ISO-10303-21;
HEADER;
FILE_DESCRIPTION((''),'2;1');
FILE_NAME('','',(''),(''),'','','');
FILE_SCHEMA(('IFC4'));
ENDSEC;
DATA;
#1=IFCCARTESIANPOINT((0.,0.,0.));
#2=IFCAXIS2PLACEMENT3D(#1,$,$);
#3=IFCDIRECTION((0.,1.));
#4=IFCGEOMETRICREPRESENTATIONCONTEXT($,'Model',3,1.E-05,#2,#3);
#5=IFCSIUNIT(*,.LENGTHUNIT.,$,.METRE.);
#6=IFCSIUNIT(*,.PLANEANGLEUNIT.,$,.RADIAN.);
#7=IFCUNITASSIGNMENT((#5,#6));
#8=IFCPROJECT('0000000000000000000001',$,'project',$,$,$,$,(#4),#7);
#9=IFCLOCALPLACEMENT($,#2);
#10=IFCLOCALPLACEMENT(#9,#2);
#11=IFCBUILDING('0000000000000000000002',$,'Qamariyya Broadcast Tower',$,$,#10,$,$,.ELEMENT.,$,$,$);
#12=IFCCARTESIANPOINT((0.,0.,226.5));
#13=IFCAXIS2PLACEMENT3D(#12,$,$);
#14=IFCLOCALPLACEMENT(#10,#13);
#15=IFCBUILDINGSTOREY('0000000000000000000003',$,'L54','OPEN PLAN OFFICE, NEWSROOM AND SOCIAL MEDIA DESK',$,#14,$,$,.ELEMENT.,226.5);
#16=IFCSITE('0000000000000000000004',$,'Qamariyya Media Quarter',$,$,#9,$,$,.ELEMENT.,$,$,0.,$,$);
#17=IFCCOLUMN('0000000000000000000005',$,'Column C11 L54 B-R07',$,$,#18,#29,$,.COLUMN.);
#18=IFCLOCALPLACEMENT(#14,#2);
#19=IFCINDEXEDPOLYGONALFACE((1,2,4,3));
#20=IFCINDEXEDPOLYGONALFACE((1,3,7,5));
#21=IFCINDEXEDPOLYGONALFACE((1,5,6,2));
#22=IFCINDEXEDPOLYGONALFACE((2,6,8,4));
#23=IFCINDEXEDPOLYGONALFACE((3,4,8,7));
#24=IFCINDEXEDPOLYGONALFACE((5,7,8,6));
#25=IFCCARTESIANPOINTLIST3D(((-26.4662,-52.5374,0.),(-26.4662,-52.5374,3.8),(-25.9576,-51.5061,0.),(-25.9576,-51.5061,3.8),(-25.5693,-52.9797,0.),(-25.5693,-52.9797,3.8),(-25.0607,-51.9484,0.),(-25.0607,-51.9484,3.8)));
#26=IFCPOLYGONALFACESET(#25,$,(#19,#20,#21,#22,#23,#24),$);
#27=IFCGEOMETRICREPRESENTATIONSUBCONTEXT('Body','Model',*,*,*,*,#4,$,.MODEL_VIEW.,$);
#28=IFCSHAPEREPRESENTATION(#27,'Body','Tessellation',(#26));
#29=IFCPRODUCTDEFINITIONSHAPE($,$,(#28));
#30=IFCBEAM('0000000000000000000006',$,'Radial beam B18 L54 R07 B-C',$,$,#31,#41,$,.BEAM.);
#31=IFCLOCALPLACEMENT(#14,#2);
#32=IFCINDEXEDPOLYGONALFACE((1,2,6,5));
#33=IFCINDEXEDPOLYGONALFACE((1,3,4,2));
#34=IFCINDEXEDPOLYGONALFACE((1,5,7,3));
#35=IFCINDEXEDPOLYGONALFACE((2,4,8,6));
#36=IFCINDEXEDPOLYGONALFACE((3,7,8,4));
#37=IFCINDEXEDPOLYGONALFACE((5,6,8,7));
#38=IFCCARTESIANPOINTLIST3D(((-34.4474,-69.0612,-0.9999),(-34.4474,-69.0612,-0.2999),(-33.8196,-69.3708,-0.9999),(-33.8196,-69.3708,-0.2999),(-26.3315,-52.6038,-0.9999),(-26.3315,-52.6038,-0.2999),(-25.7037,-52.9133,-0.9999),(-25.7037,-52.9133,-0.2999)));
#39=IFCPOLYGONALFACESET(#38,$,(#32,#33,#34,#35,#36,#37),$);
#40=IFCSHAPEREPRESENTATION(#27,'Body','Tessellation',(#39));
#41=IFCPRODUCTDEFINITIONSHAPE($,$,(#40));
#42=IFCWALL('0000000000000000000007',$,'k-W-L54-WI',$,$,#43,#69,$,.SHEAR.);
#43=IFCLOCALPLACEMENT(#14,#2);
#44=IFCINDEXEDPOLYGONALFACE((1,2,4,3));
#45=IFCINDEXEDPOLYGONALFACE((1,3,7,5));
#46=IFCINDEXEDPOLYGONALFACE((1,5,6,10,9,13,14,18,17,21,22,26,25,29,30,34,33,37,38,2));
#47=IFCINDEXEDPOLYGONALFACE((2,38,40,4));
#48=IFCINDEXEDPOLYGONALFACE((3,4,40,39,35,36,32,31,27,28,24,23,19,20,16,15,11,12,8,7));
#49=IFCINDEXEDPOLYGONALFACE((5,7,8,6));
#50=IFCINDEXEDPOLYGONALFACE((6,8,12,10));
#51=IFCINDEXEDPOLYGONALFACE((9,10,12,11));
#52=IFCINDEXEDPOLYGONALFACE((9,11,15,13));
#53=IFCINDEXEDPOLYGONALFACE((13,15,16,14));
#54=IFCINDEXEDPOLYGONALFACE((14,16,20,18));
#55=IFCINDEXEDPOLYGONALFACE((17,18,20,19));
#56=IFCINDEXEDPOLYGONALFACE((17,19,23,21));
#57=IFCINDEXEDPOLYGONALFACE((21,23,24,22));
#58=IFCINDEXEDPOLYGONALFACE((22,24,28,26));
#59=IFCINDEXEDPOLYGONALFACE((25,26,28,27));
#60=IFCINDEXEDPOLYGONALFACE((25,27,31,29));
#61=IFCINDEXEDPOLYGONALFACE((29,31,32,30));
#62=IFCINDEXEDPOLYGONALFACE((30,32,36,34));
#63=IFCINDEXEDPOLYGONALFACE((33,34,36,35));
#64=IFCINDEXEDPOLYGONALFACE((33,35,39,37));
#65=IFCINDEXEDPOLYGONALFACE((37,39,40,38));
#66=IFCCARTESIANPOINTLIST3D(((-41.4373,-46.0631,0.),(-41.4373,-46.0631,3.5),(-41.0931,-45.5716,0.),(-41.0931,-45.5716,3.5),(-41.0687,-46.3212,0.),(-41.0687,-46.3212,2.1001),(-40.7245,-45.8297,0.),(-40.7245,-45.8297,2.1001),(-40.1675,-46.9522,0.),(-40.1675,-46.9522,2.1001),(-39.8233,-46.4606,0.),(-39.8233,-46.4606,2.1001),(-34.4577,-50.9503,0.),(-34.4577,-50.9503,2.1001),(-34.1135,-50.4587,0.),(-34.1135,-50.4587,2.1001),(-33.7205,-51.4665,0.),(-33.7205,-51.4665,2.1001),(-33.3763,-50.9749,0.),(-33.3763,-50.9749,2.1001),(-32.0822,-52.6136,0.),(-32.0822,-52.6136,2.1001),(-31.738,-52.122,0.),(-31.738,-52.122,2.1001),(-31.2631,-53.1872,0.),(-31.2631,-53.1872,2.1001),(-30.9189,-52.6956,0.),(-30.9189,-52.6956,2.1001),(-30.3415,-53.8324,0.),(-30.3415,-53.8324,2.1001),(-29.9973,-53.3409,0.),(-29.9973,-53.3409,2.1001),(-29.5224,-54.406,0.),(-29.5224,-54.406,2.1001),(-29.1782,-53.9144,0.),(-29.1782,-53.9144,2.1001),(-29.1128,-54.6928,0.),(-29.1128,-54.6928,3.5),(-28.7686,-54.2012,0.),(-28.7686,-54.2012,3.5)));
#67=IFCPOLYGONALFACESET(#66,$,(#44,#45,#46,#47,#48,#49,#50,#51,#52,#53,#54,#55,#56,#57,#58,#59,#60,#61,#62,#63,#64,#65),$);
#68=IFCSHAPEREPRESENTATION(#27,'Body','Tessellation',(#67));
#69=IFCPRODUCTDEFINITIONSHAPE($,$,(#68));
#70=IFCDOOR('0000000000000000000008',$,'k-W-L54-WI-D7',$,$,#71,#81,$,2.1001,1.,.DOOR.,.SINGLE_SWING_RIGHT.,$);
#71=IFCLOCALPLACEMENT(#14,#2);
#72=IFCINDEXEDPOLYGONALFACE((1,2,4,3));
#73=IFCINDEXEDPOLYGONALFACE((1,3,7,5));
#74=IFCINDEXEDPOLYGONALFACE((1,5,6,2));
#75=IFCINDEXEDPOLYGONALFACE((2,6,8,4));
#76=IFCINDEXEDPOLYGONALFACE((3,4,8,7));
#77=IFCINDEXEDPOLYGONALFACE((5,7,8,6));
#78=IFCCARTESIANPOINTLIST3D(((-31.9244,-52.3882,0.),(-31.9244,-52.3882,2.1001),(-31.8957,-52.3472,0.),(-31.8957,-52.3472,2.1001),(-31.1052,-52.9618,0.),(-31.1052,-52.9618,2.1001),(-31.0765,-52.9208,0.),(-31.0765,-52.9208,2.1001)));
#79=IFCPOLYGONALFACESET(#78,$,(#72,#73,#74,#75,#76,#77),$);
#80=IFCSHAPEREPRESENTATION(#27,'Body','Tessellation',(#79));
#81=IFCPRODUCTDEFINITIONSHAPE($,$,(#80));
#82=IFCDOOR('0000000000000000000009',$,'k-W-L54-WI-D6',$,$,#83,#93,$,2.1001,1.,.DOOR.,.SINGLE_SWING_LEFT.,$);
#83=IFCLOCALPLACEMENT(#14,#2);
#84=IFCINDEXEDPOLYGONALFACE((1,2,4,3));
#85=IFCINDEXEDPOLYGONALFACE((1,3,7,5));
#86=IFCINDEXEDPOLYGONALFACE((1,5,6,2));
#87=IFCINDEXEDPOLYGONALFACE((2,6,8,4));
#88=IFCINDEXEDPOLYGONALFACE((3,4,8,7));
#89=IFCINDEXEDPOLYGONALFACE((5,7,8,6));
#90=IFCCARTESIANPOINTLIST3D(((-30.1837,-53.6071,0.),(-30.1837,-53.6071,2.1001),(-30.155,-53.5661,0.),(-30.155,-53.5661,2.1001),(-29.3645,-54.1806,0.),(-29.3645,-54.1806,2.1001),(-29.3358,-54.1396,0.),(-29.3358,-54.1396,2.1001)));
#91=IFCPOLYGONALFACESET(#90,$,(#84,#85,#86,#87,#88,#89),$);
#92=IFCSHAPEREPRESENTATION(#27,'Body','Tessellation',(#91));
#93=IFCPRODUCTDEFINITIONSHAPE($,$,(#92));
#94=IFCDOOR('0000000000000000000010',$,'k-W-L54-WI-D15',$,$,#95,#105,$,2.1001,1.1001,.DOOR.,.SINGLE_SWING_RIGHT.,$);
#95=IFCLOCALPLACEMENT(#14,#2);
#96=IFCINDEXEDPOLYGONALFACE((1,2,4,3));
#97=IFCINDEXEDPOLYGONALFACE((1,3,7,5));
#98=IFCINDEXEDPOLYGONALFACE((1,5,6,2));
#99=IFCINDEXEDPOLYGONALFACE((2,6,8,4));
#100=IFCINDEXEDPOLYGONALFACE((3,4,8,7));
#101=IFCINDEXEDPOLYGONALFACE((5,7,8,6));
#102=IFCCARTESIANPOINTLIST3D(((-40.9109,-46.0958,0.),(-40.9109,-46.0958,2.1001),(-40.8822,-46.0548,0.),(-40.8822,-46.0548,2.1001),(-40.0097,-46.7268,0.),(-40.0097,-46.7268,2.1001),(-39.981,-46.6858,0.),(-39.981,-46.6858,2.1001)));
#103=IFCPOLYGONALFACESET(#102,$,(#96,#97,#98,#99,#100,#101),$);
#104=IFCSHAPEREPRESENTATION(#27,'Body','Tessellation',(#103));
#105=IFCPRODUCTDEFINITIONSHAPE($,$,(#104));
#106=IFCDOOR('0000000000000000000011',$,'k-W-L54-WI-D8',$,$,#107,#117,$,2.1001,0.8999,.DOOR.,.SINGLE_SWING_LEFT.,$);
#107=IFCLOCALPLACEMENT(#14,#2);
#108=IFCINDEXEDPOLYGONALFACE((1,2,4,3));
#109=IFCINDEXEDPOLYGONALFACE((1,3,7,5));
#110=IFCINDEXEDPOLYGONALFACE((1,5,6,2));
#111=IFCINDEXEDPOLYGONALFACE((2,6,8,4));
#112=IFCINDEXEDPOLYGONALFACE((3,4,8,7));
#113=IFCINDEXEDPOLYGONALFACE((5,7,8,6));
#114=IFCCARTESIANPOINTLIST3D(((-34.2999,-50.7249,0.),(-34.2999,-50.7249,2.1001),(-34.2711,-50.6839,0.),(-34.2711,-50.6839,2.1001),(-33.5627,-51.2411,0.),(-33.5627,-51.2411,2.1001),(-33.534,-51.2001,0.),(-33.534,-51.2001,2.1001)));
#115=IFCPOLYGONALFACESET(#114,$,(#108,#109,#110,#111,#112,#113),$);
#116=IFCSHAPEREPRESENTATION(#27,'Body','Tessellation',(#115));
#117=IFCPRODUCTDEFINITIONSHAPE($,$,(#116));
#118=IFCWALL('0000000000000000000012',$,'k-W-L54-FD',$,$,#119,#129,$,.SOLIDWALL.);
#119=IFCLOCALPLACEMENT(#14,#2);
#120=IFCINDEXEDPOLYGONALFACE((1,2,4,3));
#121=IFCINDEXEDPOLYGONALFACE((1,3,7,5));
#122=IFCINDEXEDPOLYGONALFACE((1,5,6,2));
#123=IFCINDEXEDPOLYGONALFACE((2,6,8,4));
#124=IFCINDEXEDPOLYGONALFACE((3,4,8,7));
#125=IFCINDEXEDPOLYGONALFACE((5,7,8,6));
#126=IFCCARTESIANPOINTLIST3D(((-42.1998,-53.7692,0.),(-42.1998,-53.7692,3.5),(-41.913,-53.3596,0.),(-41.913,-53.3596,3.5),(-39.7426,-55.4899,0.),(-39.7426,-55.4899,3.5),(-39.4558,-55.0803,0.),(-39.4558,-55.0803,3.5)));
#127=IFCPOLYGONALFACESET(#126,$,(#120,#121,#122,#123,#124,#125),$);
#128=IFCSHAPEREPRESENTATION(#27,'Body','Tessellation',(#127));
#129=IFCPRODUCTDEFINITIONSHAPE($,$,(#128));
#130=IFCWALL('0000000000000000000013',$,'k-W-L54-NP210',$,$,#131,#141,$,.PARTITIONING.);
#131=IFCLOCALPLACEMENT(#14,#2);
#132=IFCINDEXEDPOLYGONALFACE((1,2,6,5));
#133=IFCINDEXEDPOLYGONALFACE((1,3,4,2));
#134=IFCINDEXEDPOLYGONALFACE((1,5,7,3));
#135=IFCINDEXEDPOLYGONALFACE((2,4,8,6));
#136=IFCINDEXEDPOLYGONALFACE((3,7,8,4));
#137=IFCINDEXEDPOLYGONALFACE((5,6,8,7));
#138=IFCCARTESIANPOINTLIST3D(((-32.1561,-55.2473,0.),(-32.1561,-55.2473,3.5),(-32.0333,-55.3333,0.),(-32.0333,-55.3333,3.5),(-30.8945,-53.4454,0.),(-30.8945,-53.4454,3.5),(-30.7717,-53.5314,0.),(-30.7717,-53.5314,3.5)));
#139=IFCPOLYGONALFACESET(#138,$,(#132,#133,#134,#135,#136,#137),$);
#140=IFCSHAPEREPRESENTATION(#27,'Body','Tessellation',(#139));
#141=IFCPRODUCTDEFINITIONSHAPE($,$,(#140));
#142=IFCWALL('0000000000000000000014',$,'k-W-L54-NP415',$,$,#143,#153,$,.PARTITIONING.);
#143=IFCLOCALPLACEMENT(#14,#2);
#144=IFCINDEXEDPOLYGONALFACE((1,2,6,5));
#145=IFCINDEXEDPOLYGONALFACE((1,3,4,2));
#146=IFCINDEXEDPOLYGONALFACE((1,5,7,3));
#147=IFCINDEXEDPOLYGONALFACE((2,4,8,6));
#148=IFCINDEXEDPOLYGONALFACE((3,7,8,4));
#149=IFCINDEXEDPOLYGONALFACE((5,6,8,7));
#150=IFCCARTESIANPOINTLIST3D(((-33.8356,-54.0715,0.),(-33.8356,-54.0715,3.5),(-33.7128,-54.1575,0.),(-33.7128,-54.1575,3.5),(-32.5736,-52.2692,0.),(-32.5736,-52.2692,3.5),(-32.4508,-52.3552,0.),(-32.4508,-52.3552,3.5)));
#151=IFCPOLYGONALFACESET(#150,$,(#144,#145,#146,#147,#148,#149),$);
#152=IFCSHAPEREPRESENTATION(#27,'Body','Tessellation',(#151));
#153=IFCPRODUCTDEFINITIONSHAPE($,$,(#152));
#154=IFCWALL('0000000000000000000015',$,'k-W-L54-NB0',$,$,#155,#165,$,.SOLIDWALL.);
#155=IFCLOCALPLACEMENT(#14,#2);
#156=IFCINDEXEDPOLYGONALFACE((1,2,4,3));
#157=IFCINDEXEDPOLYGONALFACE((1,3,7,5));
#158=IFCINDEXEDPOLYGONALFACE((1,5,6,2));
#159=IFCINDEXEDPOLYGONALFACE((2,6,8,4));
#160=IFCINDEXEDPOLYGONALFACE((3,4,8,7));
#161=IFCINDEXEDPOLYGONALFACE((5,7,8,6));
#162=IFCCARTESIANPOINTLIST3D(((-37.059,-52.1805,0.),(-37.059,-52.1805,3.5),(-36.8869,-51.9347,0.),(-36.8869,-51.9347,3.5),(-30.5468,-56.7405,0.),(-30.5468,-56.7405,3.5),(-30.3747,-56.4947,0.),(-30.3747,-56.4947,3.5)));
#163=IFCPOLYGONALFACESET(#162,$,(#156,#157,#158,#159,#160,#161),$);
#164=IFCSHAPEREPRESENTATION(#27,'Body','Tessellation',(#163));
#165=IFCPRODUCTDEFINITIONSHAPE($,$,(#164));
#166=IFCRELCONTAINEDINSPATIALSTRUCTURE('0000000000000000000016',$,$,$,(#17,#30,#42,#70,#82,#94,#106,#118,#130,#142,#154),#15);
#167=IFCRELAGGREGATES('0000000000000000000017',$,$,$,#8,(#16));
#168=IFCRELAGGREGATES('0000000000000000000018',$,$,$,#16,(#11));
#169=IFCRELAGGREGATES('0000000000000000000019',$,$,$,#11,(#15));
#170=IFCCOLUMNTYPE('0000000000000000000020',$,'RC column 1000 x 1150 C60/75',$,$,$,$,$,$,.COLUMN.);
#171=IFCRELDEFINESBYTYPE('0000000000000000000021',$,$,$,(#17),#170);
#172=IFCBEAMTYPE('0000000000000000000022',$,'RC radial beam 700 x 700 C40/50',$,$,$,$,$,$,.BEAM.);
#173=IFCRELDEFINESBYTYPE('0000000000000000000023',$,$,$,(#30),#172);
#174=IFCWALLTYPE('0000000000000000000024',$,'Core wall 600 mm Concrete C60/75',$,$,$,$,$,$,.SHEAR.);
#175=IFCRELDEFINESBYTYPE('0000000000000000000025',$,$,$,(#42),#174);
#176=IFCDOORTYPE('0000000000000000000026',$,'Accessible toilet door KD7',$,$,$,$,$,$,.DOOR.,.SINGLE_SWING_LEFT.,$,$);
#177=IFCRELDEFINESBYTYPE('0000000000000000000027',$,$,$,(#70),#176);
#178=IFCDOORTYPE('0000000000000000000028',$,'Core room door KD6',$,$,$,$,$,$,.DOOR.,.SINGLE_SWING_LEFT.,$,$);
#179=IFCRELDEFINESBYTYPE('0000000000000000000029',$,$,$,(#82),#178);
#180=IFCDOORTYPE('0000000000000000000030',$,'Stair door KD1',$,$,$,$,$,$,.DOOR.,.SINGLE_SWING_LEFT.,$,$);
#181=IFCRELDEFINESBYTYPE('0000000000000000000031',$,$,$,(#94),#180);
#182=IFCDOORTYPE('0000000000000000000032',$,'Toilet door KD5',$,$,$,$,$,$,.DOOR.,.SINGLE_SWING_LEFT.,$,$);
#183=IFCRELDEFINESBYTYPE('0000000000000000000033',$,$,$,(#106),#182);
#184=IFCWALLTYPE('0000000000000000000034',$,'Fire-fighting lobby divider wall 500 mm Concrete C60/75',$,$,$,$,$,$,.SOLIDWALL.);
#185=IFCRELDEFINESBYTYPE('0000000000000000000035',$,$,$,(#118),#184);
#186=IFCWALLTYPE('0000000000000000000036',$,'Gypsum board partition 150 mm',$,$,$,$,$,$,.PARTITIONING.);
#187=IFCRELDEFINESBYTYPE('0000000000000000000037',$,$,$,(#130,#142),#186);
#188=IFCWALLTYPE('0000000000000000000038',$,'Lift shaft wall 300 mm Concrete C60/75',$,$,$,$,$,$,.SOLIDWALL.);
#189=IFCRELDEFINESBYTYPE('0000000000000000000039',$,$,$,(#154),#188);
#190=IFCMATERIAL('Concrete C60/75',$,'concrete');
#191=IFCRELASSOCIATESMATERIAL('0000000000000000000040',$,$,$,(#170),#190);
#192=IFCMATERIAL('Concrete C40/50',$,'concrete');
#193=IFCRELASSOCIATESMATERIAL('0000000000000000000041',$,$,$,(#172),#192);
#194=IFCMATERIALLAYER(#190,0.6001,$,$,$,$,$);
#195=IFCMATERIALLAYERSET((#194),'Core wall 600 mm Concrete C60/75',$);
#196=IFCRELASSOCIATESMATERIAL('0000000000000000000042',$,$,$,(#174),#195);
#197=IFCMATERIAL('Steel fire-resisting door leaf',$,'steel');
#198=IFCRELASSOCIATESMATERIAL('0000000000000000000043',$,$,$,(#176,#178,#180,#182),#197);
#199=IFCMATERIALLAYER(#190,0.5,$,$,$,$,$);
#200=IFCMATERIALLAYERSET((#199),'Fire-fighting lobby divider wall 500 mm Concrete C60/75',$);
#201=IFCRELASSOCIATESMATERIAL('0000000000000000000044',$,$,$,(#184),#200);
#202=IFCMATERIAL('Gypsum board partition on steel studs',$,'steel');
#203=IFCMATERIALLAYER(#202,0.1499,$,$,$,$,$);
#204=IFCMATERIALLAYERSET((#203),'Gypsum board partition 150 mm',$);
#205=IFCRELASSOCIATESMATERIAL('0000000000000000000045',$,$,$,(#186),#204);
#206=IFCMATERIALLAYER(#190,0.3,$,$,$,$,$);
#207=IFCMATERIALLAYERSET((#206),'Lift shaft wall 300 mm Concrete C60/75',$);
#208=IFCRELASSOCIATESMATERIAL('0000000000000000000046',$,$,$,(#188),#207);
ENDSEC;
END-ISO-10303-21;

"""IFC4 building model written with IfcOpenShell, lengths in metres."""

from ifc_helpers import new_model, si_unit, direction, frame, frame_2d, origin, origin_2d, place, context, subcontext, project, spatial, rectangle, extrude, material, layer, layer_set, material_profile, profile_set, type_object, element, fill, save


model = new_model("IFC4")

# Units and contexts
model_context = context("Model", 3, precision=1e-05, world=origin(), true_north=direction((0.0, 1.0)))
body_context = subcontext(model_context, "Body", "Model", "MODEL_VIEW")
ifc_project = project(units=[si_unit("LENGTHUNIT", "METRE"), si_unit("PLANEANGLEUNIT", "RADIAN")], contexts=[model_context])

# Site, building, storey
site_placement = place(None, origin())
site = spatial("IfcSite", under=ifc_project, at=site_placement, Name="Qamariyya Media Quarter", CompositionType="ELEMENT", RefElevation=0.0)
building_placement = place(site_placement, origin())
building = spatial("IfcBuilding", under=site, at=building_placement, Name="Qamariyya Broadcast Tower", CompositionType="ELEMENT")
storey_placement = place(building_placement, frame((0.0, 0.0, 226.5)))
storey = spatial("IfcBuildingStorey", under=building, at=storey_placement, Name="L54", Description="OPEN PLAN OFFICE, NEWSROOM AND SOCIAL MEDIA DESK", CompositionType="ELEMENT", Elevation=226.5)

# Column
ifc_material_1 = material(Name="Concrete C60/75", Category="concrete")
ifc_material_profile_1 = material_profile(ifc_material_1, rectangle(XDim=1.0, YDim=1.1499, at=origin_2d()))
ifc_profile_set_1 = profile_set([ifc_material_profile_1], Name="Concrete C60/75")
column_type = type_object("IfcColumnType", Name="RC column 1000 x 1150 C60/75", PredefinedType="COLUMN", material=ifc_profile_set_1)
column_placement = place(storey_placement, frame((-25.7634, -52.2429, 0.0), z_axis=(0.0, 0.0, 1.0), x_axis=(0.896873, -0.442289, 0.0)))
element("IfcColumn", 1, at=column_placement, inside=storey, type_object=column_type, Name="Column C11 L54 B-R07", PredefinedType="COLUMN", context=body_context, shape_type="SweptSolid", body=[
    extrude(rectangle(XDim=1.0, YDim=1.1499, at=origin_2d()), origin(), (0.0, 0.0, 1.0), 3.8),
])

# Beam
ifc_material_2 = material(Name="Concrete C40/50", Category="concrete")
ifc_material_profile_2 = material_profile(ifc_material_2, rectangle(XDim=0.7, YDim=0.7, at=origin_2d()))
ifc_profile_set_2 = profile_set([ifc_material_profile_2], Name="Concrete C40/50")
beam_type = type_object("IfcBeamType", Name="RC radial beam 700 x 700 C40/50", PredefinedType="BEAM", material=ifc_profile_set_2)
beam_placement = place(storey_placement, frame((-26.0176, -52.7585, -0.6499), z_axis=(-0.442289, -0.896872, 0.0), x_axis=(0.896872, -0.442289, 0.0)))
element("IfcBeam", 2, at=beam_placement, inside=storey, type_object=beam_type, Name="Radial beam B18 L54 R07 B-C", PredefinedType="BEAM", context=body_context, shape_type="SweptSolid", body=[
    extrude(rectangle(XDim=0.7, YDim=0.7, at=origin_2d()), origin(), (0.0, 0.0, 1.0), 18.3499),
])

# Wall, openings, doors
ifc_layer_1 = layer(ifc_material_1, 0.6001)
ifc_layer_set_1 = layer_set([ifc_layer_1], Name="Core wall 600 mm Concrete C60/75")
wall_type_1 = type_object("IfcWallType", Name="Core wall 600 mm Concrete C60/75", PredefinedType="SHEAR", material=ifc_layer_set_1)
wall_1_placement = place(storey_placement, frame((-28.9407, -54.447, 0.0), z_axis=(0.0, 0.0, 1.0), x_axis=(-0.819153, 0.573575, 0.0)))
wall_1 = element("IfcWall", 3, at=wall_1_placement, inside=storey, type_object=wall_type_1, Name="k-W-L54-WI", PredefinedType="SHEAR", context=body_context, shape_type="SweptSolid", body=[
    extrude(rectangle(XDim=15.0454, YDim=0.6001, at=frame_2d((7.5227, 0.0))), origin(), (0.0, 0.0, 1.0), 3.5),
])
opening_1_placement = place(wall_1_placement, frame((0.5, 0.0, 0.0)))
opening_1 = element("IfcOpeningElement", 4, at=opening_1_placement, cuts=wall_1, PredefinedType="OPENING", context=body_context, shape_type="SweptSolid", body=[
    extrude(rectangle(XDim=1.0, YDim=2.1001, at=frame_2d((0.5, 1.05))), frame((0.0, 0.3101, 0.0), z_axis=(0.0, -1.0, 0.0), x_axis=(1.0, 0.0, 0.0)), (0.0, 0.0, 1.0), 0.6201),
])
opening_2_placement = place(wall_1_placement, frame((2.625, 0.0, 0.0)))
opening_2 = element("IfcOpeningElement", 5, at=opening_2_placement, cuts=wall_1, PredefinedType="OPENING", context=body_context, shape_type="SweptSolid", body=[
    extrude(rectangle(XDim=1.0, YDim=2.1001, at=frame_2d((0.5, 1.05))), frame((0.0, 0.3101, 0.0), z_axis=(0.0, -1.0, 0.0), x_axis=(1.0, 0.0, 0.0)), (0.0, 0.0, 1.0), 0.6201),
])
opening_3_placement = place(wall_1_placement, frame((5.625, 0.0, 0.0)))
opening_3 = element("IfcOpeningElement", 6, at=opening_3_placement, cuts=wall_1, PredefinedType="OPENING", context=body_context, shape_type="SweptSolid", body=[
    extrude(rectangle(XDim=0.8999, YDim=2.1001, at=frame_2d((0.45, 1.05))), frame((0.0, 0.3101, 0.0), z_axis=(0.0, -1.0, 0.0), x_axis=(1.0, 0.0, 0.0)), (0.0, 0.0, 1.0), 0.6201),
])
opening_4_placement = place(wall_1_placement, frame((13.4954, 0.0, 0.0)))
opening_4 = element("IfcOpeningElement", 7, at=opening_4_placement, cuts=wall_1, PredefinedType="OPENING", context=body_context, shape_type="SweptSolid", body=[
    extrude(rectangle(XDim=1.1001, YDim=2.1001, at=frame_2d((0.55, 1.05))), frame((0.0, 0.3101, 0.0), z_axis=(0.0, -1.0, 0.0), x_axis=(1.0, 0.0, 0.0)), (0.0, 0.0, 1.0), 0.6201),
])
ifc_material_3 = material(Name="Steel fire-resisting door leaf", Category="steel")
door_type_1 = type_object("IfcDoorType", Name="Accessible toilet door KD7", OperationType="SINGLE_SWING_LEFT", PredefinedType="DOOR", material=ifc_material_3)
door_1_placement = place(opening_2_placement, origin())
door_1 = element("IfcDoor", 8, at=door_1_placement, inside=storey, type_object=door_type_1, Name="k-W-L54-WI-D7", OperationType="SINGLE_SWING_RIGHT", OverallHeight=2.1001, OverallWidth=1.0, PredefinedType="DOOR", context=body_context, shape_type="SweptSolid", body=[
    extrude(rectangle(XDim=1.0, YDim=2.1001, at=frame_2d((0.5, 1.05))), frame((0.0, 0.0249, 0.0), z_axis=(0.0, -1.0, 0.0), x_axis=(1.0, 0.0, 0.0)), (0.0, 0.0, 1.0), 0.05),
])
fill(opening_2, door_1)
door_type_2 = type_object("IfcDoorType", Name="Core room door KD6", OperationType="SINGLE_SWING_LEFT", PredefinedType="DOOR", material=ifc_material_3)
door_2_placement = place(opening_1_placement, origin())
door_2 = element("IfcDoor", 9, at=door_2_placement, inside=storey, type_object=door_type_2, Name="k-W-L54-WI-D6", OperationType="SINGLE_SWING_LEFT", OverallHeight=2.1001, OverallWidth=1.0, PredefinedType="DOOR", context=body_context, shape_type="SweptSolid", body=[
    extrude(rectangle(XDim=1.0, YDim=2.1001, at=frame_2d((0.5, 1.05))), frame((0.0, 0.0249, 0.0), z_axis=(0.0, -1.0, 0.0), x_axis=(1.0, 0.0, 0.0)), (0.0, 0.0, 1.0), 0.05),
])
fill(opening_1, door_2)
door_type_3 = type_object("IfcDoorType", Name="Stair door KD1", OperationType="SINGLE_SWING_LEFT", PredefinedType="DOOR", material=ifc_material_3)
door_3_placement = place(opening_4_placement, origin())
door_3 = element("IfcDoor", 10, at=door_3_placement, inside=storey, type_object=door_type_3, Name="k-W-L54-WI-D15", OperationType="SINGLE_SWING_RIGHT", OverallHeight=2.1001, OverallWidth=1.1001, PredefinedType="DOOR", context=body_context, shape_type="SweptSolid", body=[
    extrude(rectangle(XDim=1.1001, YDim=2.1001, at=frame_2d((0.55, 1.05))), frame((0.0, 0.0249, 0.0), z_axis=(0.0, -1.0, 0.0), x_axis=(1.0, 0.0, 0.0)), (0.0, 0.0, 1.0), 0.05),
])
fill(opening_4, door_3)
door_type_4 = type_object("IfcDoorType", Name="Toilet door KD5", OperationType="SINGLE_SWING_LEFT", PredefinedType="DOOR", material=ifc_material_3)
door_4_placement = place(opening_3_placement, origin())
door_4 = element("IfcDoor", 11, at=door_4_placement, inside=storey, type_object=door_type_4, Name="k-W-L54-WI-D8", OperationType="SINGLE_SWING_LEFT", OverallHeight=2.1001, OverallWidth=0.8999, PredefinedType="DOOR", context=body_context, shape_type="SweptSolid", body=[
    extrude(rectangle(XDim=0.8999, YDim=2.1001, at=frame_2d((0.45, 1.05))), frame((0.0, 0.0249, 0.0), z_axis=(0.0, -1.0, 0.0), x_axis=(1.0, 0.0, 0.0)), (0.0, 0.0, 1.0), 0.05),
])
fill(opening_3, door_4)

# Walls
ifc_layer_2 = layer(ifc_material_1, 0.5)
ifc_layer_set_2 = layer_set([ifc_layer_2], Name="Fire-fighting lobby divider wall 500 mm Concrete C60/75")
wall_type_2 = type_object("IfcWallType", Name="Fire-fighting lobby divider wall 500 mm Concrete C60/75", PredefinedType="SOLIDWALL", material=ifc_layer_set_2)
wall_2_placement = place(storey_placement, frame((-39.5991, -55.2852, 0.0), z_axis=(0.0, 0.0, 1.0), x_axis=(-0.819136, 0.573599, 0.0)))
element("IfcWall", 12, at=wall_2_placement, inside=storey, type_object=wall_type_2, Name="k-W-L54-FD", PredefinedType="SOLIDWALL", context=body_context, shape_type="SweptSolid", body=[
    extrude(rectangle(XDim=2.9998, YDim=0.5, at=frame_2d((1.5, 0.0))), origin(), (0.0, 0.0, 1.0), 3.5),
])
ifc_material_4 = material(Name="Gypsum board partition on steel studs", Category="steel")
ifc_layer_3 = layer(ifc_material_4, 0.1499)
ifc_layer_set_3 = layer_set([ifc_layer_3], Name="Gypsum board partition 150 mm")
wall_type_3 = type_object("IfcWallType", Name="Gypsum board partition 150 mm", PredefinedType="PARTITIONING", material=ifc_layer_set_3)
wall_3_placement = place(storey_placement, frame((-32.0947, -55.2903, 0.0), z_axis=(0.0, 0.0, 1.0), x_axis=(0.573559, 0.819164, 0.0)))
element("IfcWall", 13, at=wall_3_placement, inside=storey, type_object=wall_type_3, Name="k-W-L54-NP210", PredefinedType="PARTITIONING", context=body_context, shape_type="SweptSolid", body=[
    extrude(rectangle(XDim=2.1997, YDim=0.1499, at=frame_2d((1.0999, 0.0))), origin(), (0.0, 0.0, 1.0), 3.5),
])
wall_4_placement = place(storey_placement, frame((-33.7742, -54.1145, 0.0), z_axis=(0.0, 0.0, 1.0), x_axis=(0.573581, 0.819149, 0.0)))
element("IfcWall", 14, at=wall_4_placement, inside=storey, type_object=wall_type_3, Name="k-W-L54-NP415", PredefinedType="PARTITIONING", context=body_context, shape_type="SweptSolid", body=[
    extrude(rectangle(XDim=2.2002, YDim=0.1499, at=frame_2d((1.1001, 0.0))), origin(), (0.0, 0.0, 1.0), 3.5),
])
ifc_layer_4 = layer(ifc_material_1, 0.3)
ifc_layer_set_4 = layer_set([ifc_layer_4], Name="Lift shaft wall 300 mm Concrete C60/75")
wall_type_4 = type_object("IfcWallType", Name="Lift shaft wall 300 mm Concrete C60/75", PredefinedType="SOLIDWALL", material=ifc_layer_set_4)
wall_5_placement = place(storey_placement, frame((-30.4607, -56.6177, 0.0), z_axis=(0.0, 0.0, 1.0), x_axis=(-0.819142, 0.57359, 0.0)))
element("IfcWall", 15, at=wall_5_placement, inside=storey, type_object=wall_type_4, Name="k-W-L54-NB0", PredefinedType="SOLIDWALL", context=body_context, shape_type="SweptSolid", body=[
    extrude(rectangle(XDim=7.95, YDim=0.3, at=frame_2d((3.9751, 0.0))), origin(), (0.0, 0.0, 1.0), 3.5),
])

save(model, "model.ifc")
